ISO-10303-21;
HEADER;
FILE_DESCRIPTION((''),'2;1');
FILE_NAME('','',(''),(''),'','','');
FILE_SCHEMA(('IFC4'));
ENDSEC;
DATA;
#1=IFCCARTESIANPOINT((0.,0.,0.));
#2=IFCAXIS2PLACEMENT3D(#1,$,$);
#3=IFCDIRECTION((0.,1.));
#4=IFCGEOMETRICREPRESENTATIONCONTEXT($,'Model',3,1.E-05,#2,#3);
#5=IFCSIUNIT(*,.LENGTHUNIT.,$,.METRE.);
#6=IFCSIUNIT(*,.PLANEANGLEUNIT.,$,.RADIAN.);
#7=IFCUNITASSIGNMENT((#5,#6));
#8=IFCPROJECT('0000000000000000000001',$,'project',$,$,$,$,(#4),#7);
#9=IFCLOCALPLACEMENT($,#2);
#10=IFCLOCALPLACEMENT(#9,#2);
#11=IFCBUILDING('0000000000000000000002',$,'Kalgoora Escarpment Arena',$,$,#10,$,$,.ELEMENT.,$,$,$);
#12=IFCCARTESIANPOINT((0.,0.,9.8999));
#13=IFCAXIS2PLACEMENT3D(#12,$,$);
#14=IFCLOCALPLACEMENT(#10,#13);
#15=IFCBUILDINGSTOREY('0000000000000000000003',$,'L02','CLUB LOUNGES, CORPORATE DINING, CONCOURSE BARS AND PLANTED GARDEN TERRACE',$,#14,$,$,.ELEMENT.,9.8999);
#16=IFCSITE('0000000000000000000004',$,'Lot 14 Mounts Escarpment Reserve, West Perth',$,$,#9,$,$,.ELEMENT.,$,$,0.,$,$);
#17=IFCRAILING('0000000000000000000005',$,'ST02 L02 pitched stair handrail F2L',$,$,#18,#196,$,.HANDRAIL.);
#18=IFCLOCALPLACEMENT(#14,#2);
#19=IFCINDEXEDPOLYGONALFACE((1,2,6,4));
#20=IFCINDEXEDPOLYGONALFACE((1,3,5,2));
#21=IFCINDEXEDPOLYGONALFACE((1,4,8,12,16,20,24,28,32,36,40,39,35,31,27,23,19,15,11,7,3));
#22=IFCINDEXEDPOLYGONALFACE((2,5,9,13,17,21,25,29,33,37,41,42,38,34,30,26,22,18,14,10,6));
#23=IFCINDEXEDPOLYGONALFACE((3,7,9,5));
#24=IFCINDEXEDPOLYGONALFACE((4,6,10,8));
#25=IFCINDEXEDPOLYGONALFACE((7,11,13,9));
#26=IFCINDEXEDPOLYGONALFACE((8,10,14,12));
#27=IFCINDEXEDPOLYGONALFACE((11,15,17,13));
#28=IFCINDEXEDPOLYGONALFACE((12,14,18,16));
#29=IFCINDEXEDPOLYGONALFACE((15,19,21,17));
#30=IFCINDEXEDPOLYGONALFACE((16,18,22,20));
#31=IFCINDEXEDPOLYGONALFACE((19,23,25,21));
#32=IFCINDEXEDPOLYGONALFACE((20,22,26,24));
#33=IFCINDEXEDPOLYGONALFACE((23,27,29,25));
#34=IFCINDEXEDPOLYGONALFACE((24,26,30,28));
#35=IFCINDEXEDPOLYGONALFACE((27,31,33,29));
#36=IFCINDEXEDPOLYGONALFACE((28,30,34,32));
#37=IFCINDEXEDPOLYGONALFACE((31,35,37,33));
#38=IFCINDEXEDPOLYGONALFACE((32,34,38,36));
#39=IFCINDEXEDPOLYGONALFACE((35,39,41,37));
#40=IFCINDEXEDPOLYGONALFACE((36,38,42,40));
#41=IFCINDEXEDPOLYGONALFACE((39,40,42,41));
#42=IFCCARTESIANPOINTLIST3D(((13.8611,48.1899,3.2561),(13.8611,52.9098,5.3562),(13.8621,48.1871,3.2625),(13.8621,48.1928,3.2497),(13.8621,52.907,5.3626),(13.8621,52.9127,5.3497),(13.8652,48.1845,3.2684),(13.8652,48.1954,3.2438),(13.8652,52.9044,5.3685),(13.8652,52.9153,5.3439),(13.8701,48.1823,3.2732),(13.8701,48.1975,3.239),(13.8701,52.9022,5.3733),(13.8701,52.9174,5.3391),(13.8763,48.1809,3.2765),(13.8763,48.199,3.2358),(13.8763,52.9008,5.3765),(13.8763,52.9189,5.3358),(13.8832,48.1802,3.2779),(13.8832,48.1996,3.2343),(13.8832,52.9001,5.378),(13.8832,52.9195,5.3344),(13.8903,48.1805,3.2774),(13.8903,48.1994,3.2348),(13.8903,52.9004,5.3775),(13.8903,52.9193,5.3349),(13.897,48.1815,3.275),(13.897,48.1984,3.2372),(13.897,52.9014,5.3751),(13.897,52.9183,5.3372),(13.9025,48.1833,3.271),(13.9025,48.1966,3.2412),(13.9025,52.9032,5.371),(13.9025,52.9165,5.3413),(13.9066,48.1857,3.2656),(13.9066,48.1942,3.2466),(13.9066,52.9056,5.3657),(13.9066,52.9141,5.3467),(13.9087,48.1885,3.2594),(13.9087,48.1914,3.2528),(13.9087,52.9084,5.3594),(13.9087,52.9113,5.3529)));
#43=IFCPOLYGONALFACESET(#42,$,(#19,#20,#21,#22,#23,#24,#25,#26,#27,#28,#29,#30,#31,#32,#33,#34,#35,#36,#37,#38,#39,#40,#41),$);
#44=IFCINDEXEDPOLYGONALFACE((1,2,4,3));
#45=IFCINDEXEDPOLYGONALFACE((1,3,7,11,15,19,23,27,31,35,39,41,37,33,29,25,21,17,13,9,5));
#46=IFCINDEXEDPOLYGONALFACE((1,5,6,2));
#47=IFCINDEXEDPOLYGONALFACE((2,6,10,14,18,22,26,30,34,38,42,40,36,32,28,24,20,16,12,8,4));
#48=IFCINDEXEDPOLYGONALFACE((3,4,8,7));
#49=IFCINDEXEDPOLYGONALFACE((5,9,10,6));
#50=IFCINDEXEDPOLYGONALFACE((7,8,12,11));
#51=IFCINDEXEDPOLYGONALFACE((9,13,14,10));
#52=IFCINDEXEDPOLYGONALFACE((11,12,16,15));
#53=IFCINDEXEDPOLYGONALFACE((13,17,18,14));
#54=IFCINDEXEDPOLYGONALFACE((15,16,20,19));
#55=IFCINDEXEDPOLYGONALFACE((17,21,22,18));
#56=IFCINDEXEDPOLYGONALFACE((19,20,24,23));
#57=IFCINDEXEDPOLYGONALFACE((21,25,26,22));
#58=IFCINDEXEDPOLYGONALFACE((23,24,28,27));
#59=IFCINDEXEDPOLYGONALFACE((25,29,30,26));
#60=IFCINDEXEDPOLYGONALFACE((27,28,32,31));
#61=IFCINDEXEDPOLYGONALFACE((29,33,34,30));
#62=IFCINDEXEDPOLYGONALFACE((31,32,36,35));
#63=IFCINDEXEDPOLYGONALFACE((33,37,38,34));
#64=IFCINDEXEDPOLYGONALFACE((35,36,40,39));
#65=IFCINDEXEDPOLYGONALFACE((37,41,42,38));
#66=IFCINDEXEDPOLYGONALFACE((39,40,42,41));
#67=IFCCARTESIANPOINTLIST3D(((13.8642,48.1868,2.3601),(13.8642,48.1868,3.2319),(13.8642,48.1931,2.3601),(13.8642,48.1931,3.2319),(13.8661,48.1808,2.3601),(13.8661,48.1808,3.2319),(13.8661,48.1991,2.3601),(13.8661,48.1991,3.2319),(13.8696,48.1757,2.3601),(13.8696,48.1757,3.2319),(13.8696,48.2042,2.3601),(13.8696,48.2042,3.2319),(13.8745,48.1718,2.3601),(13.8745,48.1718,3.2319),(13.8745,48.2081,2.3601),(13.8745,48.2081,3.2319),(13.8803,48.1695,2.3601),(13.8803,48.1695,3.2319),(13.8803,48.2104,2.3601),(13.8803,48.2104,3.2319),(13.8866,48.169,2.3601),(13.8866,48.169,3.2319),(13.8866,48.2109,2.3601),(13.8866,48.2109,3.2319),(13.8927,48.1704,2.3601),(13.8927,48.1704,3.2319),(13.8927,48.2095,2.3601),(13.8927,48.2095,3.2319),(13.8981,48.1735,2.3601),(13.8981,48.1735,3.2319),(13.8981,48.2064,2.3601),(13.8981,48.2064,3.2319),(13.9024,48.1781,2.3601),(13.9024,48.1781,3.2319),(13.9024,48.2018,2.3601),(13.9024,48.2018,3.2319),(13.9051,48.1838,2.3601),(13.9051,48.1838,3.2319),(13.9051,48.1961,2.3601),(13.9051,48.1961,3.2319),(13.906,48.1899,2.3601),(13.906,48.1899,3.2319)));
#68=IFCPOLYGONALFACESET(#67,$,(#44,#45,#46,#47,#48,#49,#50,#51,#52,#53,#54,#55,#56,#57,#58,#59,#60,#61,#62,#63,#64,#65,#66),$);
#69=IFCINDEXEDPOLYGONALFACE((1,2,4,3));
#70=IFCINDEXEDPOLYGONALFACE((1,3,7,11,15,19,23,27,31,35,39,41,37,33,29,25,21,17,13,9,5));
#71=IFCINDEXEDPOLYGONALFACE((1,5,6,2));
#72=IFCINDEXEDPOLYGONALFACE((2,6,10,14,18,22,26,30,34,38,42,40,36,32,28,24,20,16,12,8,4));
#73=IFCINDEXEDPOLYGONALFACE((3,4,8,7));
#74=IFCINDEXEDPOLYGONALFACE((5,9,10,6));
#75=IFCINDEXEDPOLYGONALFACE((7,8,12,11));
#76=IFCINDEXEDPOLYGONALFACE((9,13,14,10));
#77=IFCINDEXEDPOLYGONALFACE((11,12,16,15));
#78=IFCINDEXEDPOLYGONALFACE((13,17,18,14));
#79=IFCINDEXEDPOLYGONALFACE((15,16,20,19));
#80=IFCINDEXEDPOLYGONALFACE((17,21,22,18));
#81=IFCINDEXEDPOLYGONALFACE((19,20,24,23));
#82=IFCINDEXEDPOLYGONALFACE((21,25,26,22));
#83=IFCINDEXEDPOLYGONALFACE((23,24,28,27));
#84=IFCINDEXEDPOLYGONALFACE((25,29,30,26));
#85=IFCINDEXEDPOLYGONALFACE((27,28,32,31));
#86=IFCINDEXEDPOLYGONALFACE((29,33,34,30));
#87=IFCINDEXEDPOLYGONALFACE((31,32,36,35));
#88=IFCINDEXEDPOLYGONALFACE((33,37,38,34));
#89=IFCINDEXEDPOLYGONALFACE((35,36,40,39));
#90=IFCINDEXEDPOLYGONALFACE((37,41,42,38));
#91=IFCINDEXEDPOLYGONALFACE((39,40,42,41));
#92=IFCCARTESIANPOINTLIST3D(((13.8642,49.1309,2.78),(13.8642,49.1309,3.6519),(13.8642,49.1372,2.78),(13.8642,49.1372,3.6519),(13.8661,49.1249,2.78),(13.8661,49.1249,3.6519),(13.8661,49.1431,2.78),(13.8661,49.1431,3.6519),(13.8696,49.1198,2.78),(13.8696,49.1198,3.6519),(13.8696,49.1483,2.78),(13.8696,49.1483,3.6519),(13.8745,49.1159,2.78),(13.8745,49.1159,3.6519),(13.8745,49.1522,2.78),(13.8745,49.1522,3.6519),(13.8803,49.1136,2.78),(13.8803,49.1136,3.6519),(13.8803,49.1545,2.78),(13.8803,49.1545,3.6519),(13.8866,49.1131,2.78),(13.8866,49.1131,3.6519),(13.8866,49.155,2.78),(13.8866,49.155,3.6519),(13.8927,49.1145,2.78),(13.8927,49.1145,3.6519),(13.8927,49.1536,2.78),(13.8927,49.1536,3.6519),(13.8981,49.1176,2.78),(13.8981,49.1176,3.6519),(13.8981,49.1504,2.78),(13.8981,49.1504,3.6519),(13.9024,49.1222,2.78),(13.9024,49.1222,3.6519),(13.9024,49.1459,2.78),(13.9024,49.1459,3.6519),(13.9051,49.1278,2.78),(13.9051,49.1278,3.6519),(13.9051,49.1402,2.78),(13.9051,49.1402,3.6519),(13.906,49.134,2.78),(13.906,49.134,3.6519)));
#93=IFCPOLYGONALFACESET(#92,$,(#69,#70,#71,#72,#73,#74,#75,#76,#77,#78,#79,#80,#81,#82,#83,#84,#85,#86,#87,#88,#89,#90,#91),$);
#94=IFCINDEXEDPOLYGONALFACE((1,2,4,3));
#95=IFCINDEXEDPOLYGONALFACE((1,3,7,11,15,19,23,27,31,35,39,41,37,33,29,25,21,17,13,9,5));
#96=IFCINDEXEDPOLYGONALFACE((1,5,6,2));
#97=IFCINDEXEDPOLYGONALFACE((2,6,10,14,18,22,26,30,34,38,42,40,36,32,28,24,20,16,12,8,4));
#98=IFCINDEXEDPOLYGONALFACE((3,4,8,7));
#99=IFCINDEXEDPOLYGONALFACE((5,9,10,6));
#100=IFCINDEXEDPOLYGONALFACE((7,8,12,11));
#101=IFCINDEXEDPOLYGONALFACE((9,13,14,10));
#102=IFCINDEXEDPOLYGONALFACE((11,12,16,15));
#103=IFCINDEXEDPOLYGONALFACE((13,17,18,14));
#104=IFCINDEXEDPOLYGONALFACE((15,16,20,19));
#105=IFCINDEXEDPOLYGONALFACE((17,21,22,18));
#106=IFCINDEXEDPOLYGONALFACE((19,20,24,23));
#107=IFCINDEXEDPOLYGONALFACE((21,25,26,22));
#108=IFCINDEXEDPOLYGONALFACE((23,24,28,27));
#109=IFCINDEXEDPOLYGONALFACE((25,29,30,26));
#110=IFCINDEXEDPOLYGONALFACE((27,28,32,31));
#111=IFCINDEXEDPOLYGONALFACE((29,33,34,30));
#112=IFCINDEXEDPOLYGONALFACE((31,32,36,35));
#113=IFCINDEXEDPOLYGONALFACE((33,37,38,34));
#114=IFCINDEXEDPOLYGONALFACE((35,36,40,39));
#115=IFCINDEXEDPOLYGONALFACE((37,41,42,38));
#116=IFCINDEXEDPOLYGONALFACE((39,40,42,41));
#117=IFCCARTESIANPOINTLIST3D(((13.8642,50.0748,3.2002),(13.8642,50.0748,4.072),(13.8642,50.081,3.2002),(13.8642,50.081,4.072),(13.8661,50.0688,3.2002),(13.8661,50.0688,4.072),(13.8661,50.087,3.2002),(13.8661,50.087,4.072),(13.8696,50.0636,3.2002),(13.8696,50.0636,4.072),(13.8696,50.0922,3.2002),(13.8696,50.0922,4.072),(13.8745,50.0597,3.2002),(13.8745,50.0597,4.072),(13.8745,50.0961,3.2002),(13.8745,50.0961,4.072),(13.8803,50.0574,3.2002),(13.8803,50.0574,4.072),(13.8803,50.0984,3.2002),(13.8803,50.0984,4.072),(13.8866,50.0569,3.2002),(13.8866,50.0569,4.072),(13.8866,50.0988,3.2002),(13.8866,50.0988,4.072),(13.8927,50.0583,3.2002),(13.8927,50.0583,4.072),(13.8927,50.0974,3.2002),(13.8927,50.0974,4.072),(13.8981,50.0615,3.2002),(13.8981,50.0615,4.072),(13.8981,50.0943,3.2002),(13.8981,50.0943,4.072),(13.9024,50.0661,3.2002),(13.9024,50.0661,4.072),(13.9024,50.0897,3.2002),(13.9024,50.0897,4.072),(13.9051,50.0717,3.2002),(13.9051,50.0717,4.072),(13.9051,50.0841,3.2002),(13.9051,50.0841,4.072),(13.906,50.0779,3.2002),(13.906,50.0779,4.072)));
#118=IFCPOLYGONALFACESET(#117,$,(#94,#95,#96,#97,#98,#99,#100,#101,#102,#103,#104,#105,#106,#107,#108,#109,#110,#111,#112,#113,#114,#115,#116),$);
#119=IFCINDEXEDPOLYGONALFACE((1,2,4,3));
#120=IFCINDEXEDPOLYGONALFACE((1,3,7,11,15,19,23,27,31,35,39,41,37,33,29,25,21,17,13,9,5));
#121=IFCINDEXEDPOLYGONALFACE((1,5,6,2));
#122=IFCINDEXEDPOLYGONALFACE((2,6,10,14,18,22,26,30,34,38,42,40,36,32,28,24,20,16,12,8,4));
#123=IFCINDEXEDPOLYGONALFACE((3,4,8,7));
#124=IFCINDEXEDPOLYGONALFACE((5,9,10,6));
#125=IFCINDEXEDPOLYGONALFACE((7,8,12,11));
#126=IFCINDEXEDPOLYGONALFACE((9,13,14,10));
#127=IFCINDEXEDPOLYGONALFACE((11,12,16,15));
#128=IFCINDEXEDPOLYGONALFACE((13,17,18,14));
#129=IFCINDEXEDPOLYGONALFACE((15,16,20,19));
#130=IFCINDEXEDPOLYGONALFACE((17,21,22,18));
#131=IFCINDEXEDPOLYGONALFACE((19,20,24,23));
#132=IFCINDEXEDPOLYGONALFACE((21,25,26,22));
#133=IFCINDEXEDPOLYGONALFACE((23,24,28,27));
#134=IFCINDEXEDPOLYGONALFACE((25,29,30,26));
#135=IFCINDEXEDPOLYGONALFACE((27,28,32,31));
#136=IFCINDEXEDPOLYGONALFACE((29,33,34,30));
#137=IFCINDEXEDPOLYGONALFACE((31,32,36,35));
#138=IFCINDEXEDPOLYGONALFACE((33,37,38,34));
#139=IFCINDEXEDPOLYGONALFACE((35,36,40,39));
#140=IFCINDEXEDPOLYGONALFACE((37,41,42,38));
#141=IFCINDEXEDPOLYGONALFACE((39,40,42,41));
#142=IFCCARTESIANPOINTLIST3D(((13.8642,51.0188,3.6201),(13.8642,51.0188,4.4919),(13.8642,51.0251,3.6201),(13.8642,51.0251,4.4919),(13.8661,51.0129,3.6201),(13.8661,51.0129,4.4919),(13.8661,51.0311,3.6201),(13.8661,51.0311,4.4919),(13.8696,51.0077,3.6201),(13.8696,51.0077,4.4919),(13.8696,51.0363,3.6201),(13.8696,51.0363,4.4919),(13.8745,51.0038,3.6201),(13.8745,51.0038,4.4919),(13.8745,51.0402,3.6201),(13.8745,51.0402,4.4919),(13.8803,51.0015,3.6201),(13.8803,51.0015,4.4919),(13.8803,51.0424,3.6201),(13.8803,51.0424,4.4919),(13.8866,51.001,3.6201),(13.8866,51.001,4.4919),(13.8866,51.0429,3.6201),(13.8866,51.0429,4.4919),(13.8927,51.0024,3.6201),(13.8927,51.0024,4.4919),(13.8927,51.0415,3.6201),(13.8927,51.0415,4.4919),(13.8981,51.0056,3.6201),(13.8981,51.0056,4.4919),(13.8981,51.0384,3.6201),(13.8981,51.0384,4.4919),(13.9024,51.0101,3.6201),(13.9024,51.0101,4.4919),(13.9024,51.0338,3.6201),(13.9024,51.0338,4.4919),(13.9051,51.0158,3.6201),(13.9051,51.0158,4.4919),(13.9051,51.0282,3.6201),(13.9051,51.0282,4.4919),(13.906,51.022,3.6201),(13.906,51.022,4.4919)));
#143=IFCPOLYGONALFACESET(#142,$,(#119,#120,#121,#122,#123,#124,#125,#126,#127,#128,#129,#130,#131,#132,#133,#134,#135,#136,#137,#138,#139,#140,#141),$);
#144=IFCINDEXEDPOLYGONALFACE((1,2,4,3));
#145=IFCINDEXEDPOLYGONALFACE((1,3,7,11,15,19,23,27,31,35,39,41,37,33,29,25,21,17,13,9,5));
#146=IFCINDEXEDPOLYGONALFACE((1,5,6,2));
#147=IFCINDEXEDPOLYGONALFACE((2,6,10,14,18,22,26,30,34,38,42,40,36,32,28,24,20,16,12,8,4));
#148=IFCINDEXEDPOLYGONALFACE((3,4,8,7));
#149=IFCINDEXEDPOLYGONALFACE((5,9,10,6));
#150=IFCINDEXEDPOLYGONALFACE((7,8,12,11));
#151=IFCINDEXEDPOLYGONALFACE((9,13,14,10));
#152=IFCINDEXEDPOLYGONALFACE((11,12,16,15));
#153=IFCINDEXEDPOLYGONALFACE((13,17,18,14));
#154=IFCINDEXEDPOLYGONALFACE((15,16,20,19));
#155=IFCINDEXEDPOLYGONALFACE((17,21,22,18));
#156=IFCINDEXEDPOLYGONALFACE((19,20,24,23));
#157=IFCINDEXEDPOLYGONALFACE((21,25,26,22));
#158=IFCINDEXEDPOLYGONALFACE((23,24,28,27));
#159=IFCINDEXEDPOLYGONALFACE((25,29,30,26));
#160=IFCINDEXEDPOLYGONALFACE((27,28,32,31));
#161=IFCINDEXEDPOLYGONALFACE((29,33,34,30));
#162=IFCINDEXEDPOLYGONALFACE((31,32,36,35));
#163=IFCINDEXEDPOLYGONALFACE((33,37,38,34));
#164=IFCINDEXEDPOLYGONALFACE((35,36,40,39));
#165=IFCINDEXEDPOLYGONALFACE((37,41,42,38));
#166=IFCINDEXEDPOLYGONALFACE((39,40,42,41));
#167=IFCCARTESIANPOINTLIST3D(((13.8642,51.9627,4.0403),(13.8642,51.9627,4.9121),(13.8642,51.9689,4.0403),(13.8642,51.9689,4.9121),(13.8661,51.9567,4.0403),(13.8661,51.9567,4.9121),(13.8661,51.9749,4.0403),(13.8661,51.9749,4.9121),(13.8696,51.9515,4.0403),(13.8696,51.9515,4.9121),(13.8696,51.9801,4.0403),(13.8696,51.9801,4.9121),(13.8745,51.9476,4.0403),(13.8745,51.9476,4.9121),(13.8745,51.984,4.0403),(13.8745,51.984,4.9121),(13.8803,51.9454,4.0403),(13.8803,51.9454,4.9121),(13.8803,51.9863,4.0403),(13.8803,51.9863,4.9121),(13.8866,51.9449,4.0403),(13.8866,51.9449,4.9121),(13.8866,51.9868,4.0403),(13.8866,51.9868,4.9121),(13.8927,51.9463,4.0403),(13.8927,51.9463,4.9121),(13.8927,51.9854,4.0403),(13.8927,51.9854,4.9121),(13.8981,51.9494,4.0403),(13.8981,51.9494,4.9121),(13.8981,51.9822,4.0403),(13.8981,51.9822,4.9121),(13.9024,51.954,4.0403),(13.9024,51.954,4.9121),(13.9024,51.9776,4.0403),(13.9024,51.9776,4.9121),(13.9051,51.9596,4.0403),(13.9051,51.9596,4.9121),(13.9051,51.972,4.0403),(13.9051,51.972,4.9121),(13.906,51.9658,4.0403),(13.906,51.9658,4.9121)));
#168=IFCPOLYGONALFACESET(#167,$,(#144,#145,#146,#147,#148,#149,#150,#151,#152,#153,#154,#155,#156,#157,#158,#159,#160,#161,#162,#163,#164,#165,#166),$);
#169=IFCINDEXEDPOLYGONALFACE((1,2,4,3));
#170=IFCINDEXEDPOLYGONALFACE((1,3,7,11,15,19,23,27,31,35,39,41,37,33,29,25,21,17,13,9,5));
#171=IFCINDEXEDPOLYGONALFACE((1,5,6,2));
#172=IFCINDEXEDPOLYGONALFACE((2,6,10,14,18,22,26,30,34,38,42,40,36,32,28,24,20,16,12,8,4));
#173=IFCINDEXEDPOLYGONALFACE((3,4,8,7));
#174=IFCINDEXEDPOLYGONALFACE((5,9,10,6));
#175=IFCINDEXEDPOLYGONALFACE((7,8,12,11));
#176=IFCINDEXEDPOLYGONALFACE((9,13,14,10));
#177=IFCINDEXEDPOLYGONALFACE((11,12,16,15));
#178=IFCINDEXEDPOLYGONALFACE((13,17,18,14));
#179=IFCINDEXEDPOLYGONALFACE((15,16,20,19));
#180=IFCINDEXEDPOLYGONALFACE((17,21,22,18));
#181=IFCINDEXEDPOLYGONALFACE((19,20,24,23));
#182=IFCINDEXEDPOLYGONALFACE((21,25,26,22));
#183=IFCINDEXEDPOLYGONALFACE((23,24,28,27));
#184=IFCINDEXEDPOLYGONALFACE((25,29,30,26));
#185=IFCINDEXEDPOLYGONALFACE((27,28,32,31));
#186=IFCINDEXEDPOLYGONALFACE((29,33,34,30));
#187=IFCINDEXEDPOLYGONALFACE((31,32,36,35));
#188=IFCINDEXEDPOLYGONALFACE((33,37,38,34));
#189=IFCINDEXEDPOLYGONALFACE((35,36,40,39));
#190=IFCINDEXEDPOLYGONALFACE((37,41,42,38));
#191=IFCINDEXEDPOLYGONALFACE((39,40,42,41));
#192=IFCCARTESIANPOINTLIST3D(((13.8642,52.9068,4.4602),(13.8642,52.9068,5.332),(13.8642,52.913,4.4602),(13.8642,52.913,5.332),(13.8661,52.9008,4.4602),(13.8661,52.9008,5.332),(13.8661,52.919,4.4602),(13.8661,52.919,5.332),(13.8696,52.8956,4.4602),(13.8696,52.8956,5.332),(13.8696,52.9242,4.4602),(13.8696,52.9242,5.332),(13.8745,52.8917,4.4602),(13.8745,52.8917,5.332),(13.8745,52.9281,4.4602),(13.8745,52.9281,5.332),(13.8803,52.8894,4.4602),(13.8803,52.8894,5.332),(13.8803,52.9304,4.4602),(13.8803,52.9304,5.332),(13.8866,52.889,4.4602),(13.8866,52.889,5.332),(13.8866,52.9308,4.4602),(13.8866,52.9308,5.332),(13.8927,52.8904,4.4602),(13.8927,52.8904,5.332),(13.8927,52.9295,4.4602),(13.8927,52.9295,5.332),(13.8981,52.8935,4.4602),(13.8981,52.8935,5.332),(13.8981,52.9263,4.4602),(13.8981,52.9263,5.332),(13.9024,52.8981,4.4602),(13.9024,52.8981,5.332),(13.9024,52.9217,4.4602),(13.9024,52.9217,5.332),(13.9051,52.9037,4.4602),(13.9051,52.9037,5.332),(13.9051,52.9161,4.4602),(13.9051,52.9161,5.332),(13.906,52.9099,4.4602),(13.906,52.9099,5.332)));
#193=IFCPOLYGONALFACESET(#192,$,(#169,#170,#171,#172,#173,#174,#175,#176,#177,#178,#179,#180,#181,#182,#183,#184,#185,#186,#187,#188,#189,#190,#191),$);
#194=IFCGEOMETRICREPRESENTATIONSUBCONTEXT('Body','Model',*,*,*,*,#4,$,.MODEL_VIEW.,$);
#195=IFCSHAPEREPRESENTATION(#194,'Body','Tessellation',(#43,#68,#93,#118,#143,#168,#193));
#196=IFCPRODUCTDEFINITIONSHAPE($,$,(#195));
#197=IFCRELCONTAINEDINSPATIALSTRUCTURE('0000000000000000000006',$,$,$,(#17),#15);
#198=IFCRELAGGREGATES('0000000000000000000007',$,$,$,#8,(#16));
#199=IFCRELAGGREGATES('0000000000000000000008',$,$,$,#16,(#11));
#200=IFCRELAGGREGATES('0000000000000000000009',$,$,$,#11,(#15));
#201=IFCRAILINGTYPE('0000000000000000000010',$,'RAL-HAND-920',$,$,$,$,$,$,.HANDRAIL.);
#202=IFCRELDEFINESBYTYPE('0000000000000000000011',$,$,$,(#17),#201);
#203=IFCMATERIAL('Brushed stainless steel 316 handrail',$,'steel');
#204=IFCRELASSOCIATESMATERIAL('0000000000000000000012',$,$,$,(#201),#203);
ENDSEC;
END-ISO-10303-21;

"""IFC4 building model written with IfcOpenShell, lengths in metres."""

from ifc_helpers import new_model, si_unit, direction, frame, origin, origin_2d, place, context, subcontext, project, spatial, circle, extrude, material, type_object, element, save


model = new_model("IFC4")

# Units and contexts
model_context = context("Model", 3, precision=1e-05, world=origin(), true_north=direction((0.0, 1.0)))
body_context = subcontext(model_context, "Body", "Model", "MODEL_VIEW")
ifc_project = project(units=[si_unit("LENGTHUNIT", "METRE"), si_unit("PLANEANGLEUNIT", "RADIAN")], contexts=[model_context])

# Site, building, storey
site_placement = place(None, origin())
site = spatial("IfcSite", under=ifc_project, at=site_placement, Name="Lot 14 Mounts Escarpment Reserve, West Perth", CompositionType="ELEMENT", RefElevation=0.0)
building_placement = place(site_placement, origin())
building = spatial("IfcBuilding", under=site, at=building_placement, Name="Kalgoora Escarpment Arena", CompositionType="ELEMENT")
storey_placement = place(building_placement, frame((0.0, 0.0, 9.8999)))
storey = spatial("IfcBuildingStorey", under=building, at=storey_placement, Name="L02", Description="CLUB LOUNGES, CORPORATE DINING, CONCOURSE BARS AND PLANTED GARDEN TERRACE", CompositionType="ELEMENT", Elevation=9.8999)

# Railing
ifc_material_1 = material(Name="Brushed stainless steel 316 handrail", Category="steel")
railing_type_1 = type_object("IfcRailingType", Name="RAL-HAND-920", PredefinedType="HANDRAIL", material=ifc_material_1)
for number, where, name in (
    (1, (13.885, 48.1899, 2.3601), "ST02 L02 pitched stair handrail F2L"),
):
    element("IfcRailing", number, at=place(storey_placement, frame(where)), inside=storey, type_object=railing_type_1, Name=name, PredefinedType="HANDRAIL", context=body_context, shape_type="SweptSolid", body=[
        extrude(circle(Radius=0.0239, at=origin_2d()), frame((0.0, 0.0, 0.896), z_axis=(0.0, 0.913644, 0.406516), x_axis=(-1.0, 0.0, 0.0)), (0.0, 0.0, 1.0), 5.166),
        extrude(circle(Radius=0.021, at=origin_2d()), origin(), (0.0, 0.0, 1.0), 0.8718),
        extrude(circle(Radius=0.021, at=origin_2d()), frame((0.0, 0.9441, 0.4199)), (0.0, 0.0, 1.0), 0.8718),
        extrude(circle(Radius=0.021, at=origin_2d()), frame((0.0, 1.8879, 0.8401)), (0.0, 0.0, 1.0), 0.8718),
        extrude(circle(Radius=0.021, at=origin_2d()), frame((0.0, 2.832, 1.26)), (0.0, 0.0, 1.0), 0.8718),
        extrude(circle(Radius=0.021, at=origin_2d()), frame((0.0, 3.7759, 1.6802)), (0.0, 0.0, 1.0), 0.8718),
        extrude(circle(Radius=0.021, at=origin_2d()), frame((0.0, 4.72, 2.1001)), (0.0, 0.0, 1.0), 0.8718),
    ])

save(model, "model.ifc")
